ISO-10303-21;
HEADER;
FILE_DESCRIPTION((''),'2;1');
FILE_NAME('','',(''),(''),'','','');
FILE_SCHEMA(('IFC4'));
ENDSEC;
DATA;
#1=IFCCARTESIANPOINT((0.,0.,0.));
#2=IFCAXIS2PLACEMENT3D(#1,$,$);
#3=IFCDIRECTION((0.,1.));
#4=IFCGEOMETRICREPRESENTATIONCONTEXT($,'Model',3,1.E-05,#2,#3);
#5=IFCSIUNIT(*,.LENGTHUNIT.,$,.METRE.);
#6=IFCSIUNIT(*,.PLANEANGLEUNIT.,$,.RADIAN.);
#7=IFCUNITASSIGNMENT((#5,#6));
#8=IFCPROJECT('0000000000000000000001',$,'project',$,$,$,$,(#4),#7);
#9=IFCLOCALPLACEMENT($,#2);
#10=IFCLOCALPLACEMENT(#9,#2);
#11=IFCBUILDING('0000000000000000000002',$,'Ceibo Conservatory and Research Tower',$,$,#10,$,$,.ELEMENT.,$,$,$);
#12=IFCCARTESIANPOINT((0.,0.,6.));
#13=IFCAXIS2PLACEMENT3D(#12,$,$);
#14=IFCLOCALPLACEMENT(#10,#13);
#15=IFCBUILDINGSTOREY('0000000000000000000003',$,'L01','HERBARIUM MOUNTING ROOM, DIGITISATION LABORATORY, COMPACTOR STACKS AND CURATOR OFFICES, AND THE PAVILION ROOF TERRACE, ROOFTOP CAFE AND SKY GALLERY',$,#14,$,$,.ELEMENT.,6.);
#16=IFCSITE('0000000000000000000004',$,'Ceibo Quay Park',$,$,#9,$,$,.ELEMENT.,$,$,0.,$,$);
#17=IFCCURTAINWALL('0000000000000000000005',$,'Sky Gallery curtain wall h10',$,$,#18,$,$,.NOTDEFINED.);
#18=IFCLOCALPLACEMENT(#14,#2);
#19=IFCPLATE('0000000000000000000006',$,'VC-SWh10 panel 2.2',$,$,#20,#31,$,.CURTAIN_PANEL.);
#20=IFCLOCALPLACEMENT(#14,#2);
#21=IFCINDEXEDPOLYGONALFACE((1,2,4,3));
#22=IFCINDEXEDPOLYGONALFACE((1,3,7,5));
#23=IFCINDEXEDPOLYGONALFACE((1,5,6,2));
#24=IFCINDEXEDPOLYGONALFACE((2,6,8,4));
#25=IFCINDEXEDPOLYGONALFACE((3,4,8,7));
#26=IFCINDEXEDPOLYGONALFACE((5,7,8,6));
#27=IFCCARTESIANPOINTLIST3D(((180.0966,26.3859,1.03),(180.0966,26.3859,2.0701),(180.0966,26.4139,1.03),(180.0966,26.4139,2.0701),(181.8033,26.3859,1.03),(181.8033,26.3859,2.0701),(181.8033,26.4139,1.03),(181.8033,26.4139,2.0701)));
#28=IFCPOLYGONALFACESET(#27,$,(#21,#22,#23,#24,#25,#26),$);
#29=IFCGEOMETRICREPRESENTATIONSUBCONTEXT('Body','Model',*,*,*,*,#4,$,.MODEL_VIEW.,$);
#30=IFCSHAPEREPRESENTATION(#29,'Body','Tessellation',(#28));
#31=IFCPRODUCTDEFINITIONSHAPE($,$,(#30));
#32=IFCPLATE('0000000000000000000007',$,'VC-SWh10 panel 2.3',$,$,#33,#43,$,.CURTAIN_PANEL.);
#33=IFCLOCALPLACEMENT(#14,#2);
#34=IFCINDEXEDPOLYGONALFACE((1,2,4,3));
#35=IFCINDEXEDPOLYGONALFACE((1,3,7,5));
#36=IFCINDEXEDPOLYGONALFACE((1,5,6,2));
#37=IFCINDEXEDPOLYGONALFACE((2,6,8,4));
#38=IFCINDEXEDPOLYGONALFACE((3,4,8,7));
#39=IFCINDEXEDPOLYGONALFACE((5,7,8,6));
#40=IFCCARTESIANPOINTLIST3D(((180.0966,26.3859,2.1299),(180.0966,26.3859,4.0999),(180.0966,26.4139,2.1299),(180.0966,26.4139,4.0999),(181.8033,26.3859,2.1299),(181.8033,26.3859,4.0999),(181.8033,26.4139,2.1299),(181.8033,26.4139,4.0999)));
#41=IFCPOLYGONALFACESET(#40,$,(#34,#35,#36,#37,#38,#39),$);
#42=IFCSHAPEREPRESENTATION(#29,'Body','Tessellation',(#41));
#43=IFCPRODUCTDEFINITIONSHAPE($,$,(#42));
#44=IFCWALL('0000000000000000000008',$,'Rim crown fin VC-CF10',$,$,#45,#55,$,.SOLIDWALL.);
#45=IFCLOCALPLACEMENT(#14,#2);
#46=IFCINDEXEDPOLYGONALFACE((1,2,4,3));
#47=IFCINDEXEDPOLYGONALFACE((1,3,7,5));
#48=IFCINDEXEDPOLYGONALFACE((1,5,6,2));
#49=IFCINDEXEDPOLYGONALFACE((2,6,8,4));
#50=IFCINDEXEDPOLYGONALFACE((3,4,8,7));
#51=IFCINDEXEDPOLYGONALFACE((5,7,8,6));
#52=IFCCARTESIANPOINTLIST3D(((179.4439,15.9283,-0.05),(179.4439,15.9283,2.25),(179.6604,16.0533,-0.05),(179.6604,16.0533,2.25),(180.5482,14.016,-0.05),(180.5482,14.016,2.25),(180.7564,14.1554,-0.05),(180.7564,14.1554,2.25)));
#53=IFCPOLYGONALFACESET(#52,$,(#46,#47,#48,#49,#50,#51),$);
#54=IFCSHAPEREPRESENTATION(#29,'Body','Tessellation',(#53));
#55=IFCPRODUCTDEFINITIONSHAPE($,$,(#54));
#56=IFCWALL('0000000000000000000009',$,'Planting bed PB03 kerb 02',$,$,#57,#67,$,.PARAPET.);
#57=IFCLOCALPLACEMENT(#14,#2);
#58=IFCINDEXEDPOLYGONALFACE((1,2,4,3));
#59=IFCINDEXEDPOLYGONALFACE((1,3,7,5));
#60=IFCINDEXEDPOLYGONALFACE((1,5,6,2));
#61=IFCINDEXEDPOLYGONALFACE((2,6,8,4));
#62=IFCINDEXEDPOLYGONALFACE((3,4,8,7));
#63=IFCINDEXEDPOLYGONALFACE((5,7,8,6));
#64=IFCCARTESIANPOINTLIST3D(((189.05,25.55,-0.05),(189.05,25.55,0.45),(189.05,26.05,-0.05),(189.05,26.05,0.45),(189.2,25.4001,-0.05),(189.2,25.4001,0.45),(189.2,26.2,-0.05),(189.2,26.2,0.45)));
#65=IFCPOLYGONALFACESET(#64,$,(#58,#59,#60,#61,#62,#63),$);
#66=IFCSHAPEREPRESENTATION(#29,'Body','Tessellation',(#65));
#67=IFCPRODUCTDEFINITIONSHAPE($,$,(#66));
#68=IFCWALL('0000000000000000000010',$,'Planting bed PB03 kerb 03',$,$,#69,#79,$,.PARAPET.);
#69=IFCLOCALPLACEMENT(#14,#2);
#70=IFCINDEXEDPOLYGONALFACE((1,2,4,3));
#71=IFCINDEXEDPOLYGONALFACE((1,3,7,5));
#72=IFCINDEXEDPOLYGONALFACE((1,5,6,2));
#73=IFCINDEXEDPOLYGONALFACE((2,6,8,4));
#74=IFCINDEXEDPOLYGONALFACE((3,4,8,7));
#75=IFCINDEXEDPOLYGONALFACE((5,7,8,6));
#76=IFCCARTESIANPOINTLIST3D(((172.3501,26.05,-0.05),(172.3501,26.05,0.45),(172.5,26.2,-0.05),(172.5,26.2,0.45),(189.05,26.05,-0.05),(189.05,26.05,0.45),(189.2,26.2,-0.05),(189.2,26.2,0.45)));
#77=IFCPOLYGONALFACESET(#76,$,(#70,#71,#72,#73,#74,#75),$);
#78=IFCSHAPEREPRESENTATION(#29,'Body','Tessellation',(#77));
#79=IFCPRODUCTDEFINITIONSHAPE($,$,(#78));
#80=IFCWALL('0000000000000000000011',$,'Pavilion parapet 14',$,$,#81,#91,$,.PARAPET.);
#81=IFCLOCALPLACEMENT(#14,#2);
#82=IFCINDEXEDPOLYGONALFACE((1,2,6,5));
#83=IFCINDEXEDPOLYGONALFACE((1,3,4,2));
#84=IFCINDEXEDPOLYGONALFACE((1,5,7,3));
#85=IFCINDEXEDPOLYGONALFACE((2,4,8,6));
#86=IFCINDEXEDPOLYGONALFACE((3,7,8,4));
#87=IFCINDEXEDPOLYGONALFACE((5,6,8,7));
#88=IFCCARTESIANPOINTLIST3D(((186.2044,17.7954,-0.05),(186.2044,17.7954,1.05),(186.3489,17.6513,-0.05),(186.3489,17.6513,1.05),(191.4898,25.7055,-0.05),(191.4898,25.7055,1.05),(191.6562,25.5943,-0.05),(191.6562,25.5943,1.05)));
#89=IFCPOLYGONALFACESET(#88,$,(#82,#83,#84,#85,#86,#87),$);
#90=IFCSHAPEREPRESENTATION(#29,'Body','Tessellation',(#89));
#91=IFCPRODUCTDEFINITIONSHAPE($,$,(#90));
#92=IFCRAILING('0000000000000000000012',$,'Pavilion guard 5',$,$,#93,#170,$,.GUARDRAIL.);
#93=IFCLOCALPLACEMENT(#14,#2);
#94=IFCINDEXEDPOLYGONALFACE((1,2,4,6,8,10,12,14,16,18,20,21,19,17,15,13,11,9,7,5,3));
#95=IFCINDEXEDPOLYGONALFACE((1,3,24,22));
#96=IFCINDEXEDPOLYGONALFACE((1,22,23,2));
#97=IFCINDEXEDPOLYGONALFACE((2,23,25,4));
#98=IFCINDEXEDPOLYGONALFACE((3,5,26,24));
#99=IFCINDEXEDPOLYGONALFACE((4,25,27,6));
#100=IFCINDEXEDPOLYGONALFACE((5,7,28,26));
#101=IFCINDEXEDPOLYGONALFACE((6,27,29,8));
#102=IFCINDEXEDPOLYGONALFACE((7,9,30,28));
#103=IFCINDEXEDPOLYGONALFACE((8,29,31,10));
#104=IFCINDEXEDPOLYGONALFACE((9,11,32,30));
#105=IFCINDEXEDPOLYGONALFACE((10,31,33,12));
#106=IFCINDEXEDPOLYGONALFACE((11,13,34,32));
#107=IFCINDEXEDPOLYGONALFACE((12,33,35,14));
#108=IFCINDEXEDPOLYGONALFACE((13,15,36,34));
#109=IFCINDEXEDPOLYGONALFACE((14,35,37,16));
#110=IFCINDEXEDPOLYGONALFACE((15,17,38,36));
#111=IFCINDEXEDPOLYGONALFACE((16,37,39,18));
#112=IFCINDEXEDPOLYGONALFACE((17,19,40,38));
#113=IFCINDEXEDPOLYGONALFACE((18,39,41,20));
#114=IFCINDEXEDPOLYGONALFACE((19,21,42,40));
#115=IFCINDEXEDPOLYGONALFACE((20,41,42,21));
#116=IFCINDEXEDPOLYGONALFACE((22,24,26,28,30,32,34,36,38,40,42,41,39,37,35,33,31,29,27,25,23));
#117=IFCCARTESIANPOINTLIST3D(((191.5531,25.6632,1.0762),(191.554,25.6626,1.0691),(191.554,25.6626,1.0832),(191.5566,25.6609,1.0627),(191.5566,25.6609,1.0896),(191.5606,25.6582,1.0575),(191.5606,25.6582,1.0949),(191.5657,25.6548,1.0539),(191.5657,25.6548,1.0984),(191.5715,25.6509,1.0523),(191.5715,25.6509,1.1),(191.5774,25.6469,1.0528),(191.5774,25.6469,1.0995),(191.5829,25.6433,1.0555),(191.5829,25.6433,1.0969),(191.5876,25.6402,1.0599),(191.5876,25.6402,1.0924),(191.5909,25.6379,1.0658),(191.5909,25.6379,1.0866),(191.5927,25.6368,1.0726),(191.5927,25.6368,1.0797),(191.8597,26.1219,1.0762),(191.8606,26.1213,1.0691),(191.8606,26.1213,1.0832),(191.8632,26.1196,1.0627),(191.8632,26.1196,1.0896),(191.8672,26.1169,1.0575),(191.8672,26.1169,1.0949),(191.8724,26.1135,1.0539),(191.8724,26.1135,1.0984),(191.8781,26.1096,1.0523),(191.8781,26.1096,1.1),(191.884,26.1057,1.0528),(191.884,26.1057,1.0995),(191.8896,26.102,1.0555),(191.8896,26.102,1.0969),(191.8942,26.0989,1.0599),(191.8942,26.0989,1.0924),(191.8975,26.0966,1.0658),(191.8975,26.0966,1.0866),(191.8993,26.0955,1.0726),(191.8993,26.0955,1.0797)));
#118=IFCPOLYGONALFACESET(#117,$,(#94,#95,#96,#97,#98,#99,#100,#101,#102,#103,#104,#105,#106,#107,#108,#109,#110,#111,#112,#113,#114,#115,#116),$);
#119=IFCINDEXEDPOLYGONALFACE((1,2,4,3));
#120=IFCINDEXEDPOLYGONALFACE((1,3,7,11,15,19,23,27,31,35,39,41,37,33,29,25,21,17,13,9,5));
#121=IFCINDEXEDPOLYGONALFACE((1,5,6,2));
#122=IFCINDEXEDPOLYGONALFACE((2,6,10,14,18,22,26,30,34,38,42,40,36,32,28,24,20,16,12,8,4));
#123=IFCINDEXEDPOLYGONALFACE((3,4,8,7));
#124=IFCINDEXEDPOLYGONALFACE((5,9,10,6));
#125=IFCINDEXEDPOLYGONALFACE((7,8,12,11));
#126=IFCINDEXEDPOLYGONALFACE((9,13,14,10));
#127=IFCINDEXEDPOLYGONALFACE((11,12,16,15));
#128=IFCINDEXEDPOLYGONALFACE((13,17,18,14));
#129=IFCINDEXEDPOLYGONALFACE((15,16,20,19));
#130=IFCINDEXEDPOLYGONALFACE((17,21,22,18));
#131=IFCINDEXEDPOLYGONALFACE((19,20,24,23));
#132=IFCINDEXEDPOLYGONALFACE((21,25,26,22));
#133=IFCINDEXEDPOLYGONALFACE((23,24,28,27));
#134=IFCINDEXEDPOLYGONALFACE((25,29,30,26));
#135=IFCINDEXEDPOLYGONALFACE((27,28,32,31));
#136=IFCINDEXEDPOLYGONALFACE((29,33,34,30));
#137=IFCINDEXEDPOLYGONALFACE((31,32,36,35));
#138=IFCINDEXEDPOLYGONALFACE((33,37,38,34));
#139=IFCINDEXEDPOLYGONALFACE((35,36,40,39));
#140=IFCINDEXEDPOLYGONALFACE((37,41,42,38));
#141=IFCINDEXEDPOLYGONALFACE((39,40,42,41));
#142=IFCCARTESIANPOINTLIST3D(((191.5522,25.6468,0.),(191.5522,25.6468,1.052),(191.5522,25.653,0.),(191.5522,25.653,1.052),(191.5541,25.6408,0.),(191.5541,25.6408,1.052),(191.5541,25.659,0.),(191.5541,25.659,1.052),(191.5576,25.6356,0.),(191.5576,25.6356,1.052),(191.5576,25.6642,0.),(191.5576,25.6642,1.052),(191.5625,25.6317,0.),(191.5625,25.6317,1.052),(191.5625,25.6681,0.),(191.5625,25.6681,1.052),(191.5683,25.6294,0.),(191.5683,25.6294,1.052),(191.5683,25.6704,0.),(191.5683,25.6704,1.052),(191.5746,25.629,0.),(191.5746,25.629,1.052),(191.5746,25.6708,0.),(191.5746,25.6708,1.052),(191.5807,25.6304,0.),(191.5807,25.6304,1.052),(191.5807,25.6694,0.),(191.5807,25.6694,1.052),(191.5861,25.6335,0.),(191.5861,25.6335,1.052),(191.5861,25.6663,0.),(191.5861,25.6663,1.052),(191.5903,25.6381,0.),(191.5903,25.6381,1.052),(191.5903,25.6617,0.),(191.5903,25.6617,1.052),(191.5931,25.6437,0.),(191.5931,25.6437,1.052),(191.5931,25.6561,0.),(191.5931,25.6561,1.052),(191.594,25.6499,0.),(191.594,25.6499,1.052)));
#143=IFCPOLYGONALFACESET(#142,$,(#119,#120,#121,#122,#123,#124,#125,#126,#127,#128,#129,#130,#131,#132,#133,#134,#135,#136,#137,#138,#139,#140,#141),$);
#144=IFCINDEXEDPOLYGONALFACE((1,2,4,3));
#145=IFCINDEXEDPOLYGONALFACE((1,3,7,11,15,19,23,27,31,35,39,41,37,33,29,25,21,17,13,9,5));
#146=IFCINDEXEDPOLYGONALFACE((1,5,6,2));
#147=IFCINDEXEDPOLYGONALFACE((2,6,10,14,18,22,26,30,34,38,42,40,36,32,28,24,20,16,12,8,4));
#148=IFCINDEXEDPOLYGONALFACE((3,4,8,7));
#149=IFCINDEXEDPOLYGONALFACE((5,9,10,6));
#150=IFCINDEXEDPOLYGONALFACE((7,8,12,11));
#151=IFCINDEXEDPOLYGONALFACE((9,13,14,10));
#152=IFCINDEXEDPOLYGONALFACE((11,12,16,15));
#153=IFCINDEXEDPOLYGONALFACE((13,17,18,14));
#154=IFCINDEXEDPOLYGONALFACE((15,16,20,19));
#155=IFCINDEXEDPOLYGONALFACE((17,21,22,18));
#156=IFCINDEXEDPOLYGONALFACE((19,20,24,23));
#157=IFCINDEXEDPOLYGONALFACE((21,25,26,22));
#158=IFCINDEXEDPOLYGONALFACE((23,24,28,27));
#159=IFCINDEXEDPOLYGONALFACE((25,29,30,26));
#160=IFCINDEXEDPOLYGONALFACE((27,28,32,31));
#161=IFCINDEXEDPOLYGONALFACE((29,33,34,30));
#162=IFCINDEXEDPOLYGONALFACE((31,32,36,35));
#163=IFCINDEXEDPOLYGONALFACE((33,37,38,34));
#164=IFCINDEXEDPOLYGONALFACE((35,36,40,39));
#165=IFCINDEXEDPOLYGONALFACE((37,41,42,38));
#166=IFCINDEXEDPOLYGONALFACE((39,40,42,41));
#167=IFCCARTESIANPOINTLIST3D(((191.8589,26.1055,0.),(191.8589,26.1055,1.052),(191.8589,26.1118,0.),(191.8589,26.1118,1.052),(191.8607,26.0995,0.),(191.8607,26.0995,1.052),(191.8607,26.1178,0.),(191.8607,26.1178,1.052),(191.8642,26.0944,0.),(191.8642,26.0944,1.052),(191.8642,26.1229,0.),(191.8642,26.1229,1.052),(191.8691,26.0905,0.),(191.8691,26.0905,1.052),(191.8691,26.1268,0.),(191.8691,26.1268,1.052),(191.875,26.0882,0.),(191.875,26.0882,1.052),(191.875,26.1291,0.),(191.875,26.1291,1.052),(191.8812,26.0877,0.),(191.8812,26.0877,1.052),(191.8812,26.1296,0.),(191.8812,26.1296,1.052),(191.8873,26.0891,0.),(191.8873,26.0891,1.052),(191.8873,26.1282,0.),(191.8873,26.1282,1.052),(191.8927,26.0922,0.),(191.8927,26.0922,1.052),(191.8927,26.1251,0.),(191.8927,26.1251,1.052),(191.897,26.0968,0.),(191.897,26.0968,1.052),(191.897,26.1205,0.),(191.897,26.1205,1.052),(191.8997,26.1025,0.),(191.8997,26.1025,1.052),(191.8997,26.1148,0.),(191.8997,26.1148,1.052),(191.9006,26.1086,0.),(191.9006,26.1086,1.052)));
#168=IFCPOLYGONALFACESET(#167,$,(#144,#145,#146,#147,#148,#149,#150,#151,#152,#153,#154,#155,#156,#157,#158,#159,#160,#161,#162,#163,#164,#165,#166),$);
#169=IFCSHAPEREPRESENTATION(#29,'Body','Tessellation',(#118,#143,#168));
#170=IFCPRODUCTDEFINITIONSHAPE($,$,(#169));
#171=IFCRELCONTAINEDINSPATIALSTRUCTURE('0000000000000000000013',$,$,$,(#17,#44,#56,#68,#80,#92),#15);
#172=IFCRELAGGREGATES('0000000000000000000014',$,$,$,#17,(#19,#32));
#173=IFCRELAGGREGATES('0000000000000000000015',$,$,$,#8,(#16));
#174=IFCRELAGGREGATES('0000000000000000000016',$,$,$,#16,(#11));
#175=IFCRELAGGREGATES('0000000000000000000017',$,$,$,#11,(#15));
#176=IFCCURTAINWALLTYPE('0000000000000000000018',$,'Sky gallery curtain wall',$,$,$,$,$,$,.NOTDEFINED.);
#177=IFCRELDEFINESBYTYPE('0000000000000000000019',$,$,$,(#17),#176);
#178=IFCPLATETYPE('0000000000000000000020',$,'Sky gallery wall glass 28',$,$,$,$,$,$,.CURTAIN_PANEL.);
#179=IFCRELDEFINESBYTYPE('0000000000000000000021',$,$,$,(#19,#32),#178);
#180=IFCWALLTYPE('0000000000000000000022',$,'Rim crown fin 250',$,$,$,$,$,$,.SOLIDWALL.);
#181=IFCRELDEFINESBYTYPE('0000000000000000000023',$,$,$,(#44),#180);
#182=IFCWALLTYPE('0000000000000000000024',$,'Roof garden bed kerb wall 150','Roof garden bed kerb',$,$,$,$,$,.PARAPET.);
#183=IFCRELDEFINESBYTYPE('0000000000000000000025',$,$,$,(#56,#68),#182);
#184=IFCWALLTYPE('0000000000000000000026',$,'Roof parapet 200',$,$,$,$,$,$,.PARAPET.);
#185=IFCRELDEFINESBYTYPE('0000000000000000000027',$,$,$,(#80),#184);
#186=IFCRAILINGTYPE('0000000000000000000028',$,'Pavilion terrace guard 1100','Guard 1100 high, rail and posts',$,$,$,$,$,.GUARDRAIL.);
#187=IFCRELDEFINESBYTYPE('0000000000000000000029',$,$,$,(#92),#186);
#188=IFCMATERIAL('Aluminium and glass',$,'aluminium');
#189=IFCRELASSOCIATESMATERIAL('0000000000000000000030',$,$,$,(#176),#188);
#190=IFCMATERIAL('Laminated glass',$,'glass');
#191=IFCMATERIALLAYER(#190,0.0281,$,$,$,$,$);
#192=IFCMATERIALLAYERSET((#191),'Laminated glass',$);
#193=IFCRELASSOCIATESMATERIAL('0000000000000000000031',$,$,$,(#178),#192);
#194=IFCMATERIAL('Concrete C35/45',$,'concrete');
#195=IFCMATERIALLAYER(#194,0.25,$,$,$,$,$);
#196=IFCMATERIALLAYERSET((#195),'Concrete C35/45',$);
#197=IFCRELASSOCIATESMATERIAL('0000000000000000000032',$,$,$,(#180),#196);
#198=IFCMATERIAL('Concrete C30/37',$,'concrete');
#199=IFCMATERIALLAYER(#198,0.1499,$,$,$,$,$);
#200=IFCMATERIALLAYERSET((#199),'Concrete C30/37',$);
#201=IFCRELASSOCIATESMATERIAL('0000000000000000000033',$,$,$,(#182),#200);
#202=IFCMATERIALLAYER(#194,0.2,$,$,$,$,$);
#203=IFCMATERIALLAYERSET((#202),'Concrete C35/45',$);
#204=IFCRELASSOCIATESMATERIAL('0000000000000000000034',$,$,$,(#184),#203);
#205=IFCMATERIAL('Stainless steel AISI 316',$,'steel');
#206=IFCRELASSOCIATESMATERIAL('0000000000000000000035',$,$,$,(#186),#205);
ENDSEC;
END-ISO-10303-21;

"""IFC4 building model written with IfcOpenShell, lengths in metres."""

from ifc_helpers import new_model, si_unit, direction, frame, origin, origin_2d, place, context, subcontext, project, spatial, polyline, rectangle, circle, outline, extrude, material, layer, layer_set, type_object, element, aggregate, save


model = new_model("IFC4")

# Units and contexts
model_context = context("Model", 3, precision=1e-05, world=origin(), true_north=direction((0.0, 1.0)))
body_context = subcontext(model_context, "Body", "Model", "MODEL_VIEW")
ifc_project = project(units=[si_unit("LENGTHUNIT", "METRE"), si_unit("PLANEANGLEUNIT", "RADIAN")], contexts=[model_context])

# Site, building, storey
site_placement = place(None, origin())
site = spatial("IfcSite", under=ifc_project, at=site_placement, Name="Ceibo Quay Park", CompositionType="ELEMENT", RefElevation=0.0)
building_placement = place(site_placement, origin())
building = spatial("IfcBuilding", under=site, at=building_placement, Name="Ceibo Conservatory and Research Tower", CompositionType="ELEMENT")
storey_placement = place(building_placement, frame((0.0, 0.0, 6.0)))
storey = spatial("IfcBuildingStorey", under=building, at=storey_placement, Name="L01", Description="HERBARIUM MOUNTING ROOM, DIGITISATION LABORATORY, COMPACTOR STACKS AND CURATOR OFFICES, AND THE PAVILION ROOF TERRACE, ROOFTOP CAFE AND SKY GALLERY", CompositionType="ELEMENT", Elevation=6.0)

# Curtain wall, plates
ifc_material_1 = material(Name="Aluminium and glass", Category="aluminium")
curtain_wall_type = type_object("IfcCurtainWallType", Name="Sky gallery curtain wall", PredefinedType="NOTDEFINED", material=ifc_material_1)
curtain_wall_placement = place(storey_placement, origin())
curtain_wall = element("IfcCurtainWall", 1, at=curtain_wall_placement, inside=storey, type_object=curtain_wall_type, Name="Sky Gallery curtain wall h10", PredefinedType="NOTDEFINED")
ifc_material_2 = material(Name="Laminated glass", Category="glass")
ifc_layer_1 = layer(ifc_material_2, 0.0281)
ifc_layer_set_1 = layer_set([ifc_layer_1], Name="Laminated glass")
plate_type = type_object("IfcPlateType", Name="Sky gallery wall glass 28", PredefinedType="CURTAIN_PANEL", material=ifc_layer_set_1)
plate_1_placement = place(storey_placement, frame((180.95, 26.3999, 1.03), z_axis=(0.0, 0.0, 1.0), x_axis=(1.0, 0.0, 0.0)))
plate_1 = element("IfcPlate", 2, at=plate_1_placement, type_object=plate_type, Name="VC-SWh10 panel 2.2", PredefinedType="CURTAIN_PANEL", context=body_context, shape_type="SweptSolid", body=[
    extrude(rectangle(XDim=1.7068, YDim=0.0281, at=origin_2d()), origin(), (0.0, 0.0, 1.0), 1.04),
])
plate_2_placement = place(storey_placement, frame((180.95, 26.3999, 2.1299), z_axis=(0.0, 0.0, 1.0), x_axis=(1.0, 0.0, 0.0)))
plate_2 = element("IfcPlate", 3, at=plate_2_placement, type_object=plate_type, Name="VC-SWh10 panel 2.3", PredefinedType="CURTAIN_PANEL", context=body_context, shape_type="SweptSolid", body=[
    extrude(rectangle(XDim=1.7068, YDim=0.0281, at=origin_2d()), origin(), (0.0, 0.0, 1.0), 1.97),
])
aggregate(curtain_wall, [plate_1, plate_2])

# Walls
ifc_material_3 = material(Name="Concrete C35/45", Category="concrete")
ifc_layer_2 = layer(ifc_material_3, 0.25)
ifc_layer_set_2 = layer_set([ifc_layer_2], Name="Concrete C35/45")
wall_type_1 = type_object("IfcWallType", Name="Rim crown fin 250", PredefinedType="SOLIDWALL", material=ifc_layer_set_2)
wall_1_placement = place(storey_placement, frame((180.6523, 14.0857, -0.05), z_axis=(0.0, 0.0, 1.0), x_axis=(-0.500078, 0.86598, 0.0)))
element("IfcWall", 4, at=wall_1_placement, inside=storey, type_object=wall_type_1, Name="Rim crown fin VC-CF10", PredefinedType="SOLIDWALL", context=body_context, shape_type="SweptSolid", body=[
    extrude(outline(polyline([(0.0083, -0.125), (2.2, -0.125), (2.2, 0.125), (-0.0083, 0.125), (0.0083, -0.125)])), origin(), (0.0, 0.0, 1.0), 2.3),
])
ifc_material_4 = material(Name="Concrete C30/37", Category="concrete")
ifc_layer_3 = layer(ifc_material_4, 0.1499)
ifc_layer_set_3 = layer_set([ifc_layer_3], Name="Concrete C30/37")
wall_type_2 = type_object("IfcWallType", Name="Roof garden bed kerb wall 150", Description="Roof garden bed kerb", PredefinedType="PARAPET", material=ifc_layer_set_3)
wall_2_placement = place(storey_placement, frame((189.125, 25.4751, -0.05), z_axis=(0.0, 0.0, 1.0), x_axis=(0.0, 1.0, 0.0)))
element("IfcWall", 5, at=wall_2_placement, inside=storey, type_object=wall_type_2, Name="Planting bed PB03 kerb 02", PredefinedType="PARAPET", context=body_context, shape_type="SweptSolid", body=[
    extrude(outline(polyline([(-0.075, -0.075), (0.7249, -0.075), (0.575, 0.075), (0.075, 0.075), (-0.075, -0.075)])), origin(), (0.0, 0.0, 1.0), 0.5),
])
wall_3_placement = place(storey_placement, frame((189.125, 26.125, -0.05), z_axis=(0.0, 0.0, 1.0), x_axis=(-1.0, 0.0, 0.0)))
element("IfcWall", 6, at=wall_3_placement, inside=storey, type_object=wall_type_2, Name="Planting bed PB03 kerb 03", PredefinedType="PARAPET", context=body_context, shape_type="SweptSolid", body=[
    extrude(outline(polyline([(-0.075, -0.075), (16.625, -0.075), (16.7749, 0.075), (0.075, 0.075), (-0.075, -0.075)])), origin(), (0.0, 0.0, 1.0), 0.5),
])
ifc_layer_4 = layer(ifc_material_3, 0.2)
ifc_layer_set_4 = layer_set([ifc_layer_4], Name="Concrete C35/45")
wall_type_3 = type_object("IfcWallType", Name="Roof parapet 200", PredefinedType="PARAPET", material=ifc_layer_set_4)
wall_4_placement = place(storey_placement, frame((186.2766, 17.7234, -0.05), z_axis=(0.0, 0.0, 1.0), x_axis=(0.555575, 0.831467, 0.0)))
element("IfcWall", 7, at=wall_4_placement, inside=storey, type_object=wall_type_3, Name="Pavilion parapet 14", PredefinedType="PARAPET", context=body_context, shape_type="SweptSolid", body=[
    extrude(outline(polyline([(-0.0198, -0.1001), (9.5332, -0.1001), (9.5332, 0.1001), (0.0198, 0.1001), (-0.0198, -0.1001)])), origin(), (0.0, 0.0, 1.0), 1.1001),
])

# Railing
ifc_material_5 = material(Name="Stainless steel AISI 316", Category="steel")
railing_type = type_object("IfcRailingType", Name="Pavilion terrace guard 1100", Description="Guard 1100 high, rail and posts", PredefinedType="GUARDRAIL", material=ifc_material_5)
railing_1_placement = place(storey_placement, frame((191.573, 25.6499, 0.0)))
element("IfcRailing", 8, at=railing_1_placement, inside=storey, type_object=railing_type, Name="Pavilion guard 5", PredefinedType="GUARDRAIL", context=body_context, shape_type="SweptSolid", body=[
    extrude(circle(Radius=0.0239, at=origin_2d()), frame((0.0, 0.0, 1.0762), z_axis=(0.555721, 0.831369, 0.0), x_axis=(-0.831369, 0.555721, 0.0)), (0.0, 0.0, 1.0), 0.5518),
    extrude(circle(Radius=0.021, at=origin_2d()), origin(), (0.0, 0.0, 1.0), 1.052),
    extrude(circle(Radius=0.021, at=origin_2d()), frame((0.3066, 0.4587, 0.0)), (0.0, 0.0, 1.0), 1.052),
])

save(model, "model.ifc")
